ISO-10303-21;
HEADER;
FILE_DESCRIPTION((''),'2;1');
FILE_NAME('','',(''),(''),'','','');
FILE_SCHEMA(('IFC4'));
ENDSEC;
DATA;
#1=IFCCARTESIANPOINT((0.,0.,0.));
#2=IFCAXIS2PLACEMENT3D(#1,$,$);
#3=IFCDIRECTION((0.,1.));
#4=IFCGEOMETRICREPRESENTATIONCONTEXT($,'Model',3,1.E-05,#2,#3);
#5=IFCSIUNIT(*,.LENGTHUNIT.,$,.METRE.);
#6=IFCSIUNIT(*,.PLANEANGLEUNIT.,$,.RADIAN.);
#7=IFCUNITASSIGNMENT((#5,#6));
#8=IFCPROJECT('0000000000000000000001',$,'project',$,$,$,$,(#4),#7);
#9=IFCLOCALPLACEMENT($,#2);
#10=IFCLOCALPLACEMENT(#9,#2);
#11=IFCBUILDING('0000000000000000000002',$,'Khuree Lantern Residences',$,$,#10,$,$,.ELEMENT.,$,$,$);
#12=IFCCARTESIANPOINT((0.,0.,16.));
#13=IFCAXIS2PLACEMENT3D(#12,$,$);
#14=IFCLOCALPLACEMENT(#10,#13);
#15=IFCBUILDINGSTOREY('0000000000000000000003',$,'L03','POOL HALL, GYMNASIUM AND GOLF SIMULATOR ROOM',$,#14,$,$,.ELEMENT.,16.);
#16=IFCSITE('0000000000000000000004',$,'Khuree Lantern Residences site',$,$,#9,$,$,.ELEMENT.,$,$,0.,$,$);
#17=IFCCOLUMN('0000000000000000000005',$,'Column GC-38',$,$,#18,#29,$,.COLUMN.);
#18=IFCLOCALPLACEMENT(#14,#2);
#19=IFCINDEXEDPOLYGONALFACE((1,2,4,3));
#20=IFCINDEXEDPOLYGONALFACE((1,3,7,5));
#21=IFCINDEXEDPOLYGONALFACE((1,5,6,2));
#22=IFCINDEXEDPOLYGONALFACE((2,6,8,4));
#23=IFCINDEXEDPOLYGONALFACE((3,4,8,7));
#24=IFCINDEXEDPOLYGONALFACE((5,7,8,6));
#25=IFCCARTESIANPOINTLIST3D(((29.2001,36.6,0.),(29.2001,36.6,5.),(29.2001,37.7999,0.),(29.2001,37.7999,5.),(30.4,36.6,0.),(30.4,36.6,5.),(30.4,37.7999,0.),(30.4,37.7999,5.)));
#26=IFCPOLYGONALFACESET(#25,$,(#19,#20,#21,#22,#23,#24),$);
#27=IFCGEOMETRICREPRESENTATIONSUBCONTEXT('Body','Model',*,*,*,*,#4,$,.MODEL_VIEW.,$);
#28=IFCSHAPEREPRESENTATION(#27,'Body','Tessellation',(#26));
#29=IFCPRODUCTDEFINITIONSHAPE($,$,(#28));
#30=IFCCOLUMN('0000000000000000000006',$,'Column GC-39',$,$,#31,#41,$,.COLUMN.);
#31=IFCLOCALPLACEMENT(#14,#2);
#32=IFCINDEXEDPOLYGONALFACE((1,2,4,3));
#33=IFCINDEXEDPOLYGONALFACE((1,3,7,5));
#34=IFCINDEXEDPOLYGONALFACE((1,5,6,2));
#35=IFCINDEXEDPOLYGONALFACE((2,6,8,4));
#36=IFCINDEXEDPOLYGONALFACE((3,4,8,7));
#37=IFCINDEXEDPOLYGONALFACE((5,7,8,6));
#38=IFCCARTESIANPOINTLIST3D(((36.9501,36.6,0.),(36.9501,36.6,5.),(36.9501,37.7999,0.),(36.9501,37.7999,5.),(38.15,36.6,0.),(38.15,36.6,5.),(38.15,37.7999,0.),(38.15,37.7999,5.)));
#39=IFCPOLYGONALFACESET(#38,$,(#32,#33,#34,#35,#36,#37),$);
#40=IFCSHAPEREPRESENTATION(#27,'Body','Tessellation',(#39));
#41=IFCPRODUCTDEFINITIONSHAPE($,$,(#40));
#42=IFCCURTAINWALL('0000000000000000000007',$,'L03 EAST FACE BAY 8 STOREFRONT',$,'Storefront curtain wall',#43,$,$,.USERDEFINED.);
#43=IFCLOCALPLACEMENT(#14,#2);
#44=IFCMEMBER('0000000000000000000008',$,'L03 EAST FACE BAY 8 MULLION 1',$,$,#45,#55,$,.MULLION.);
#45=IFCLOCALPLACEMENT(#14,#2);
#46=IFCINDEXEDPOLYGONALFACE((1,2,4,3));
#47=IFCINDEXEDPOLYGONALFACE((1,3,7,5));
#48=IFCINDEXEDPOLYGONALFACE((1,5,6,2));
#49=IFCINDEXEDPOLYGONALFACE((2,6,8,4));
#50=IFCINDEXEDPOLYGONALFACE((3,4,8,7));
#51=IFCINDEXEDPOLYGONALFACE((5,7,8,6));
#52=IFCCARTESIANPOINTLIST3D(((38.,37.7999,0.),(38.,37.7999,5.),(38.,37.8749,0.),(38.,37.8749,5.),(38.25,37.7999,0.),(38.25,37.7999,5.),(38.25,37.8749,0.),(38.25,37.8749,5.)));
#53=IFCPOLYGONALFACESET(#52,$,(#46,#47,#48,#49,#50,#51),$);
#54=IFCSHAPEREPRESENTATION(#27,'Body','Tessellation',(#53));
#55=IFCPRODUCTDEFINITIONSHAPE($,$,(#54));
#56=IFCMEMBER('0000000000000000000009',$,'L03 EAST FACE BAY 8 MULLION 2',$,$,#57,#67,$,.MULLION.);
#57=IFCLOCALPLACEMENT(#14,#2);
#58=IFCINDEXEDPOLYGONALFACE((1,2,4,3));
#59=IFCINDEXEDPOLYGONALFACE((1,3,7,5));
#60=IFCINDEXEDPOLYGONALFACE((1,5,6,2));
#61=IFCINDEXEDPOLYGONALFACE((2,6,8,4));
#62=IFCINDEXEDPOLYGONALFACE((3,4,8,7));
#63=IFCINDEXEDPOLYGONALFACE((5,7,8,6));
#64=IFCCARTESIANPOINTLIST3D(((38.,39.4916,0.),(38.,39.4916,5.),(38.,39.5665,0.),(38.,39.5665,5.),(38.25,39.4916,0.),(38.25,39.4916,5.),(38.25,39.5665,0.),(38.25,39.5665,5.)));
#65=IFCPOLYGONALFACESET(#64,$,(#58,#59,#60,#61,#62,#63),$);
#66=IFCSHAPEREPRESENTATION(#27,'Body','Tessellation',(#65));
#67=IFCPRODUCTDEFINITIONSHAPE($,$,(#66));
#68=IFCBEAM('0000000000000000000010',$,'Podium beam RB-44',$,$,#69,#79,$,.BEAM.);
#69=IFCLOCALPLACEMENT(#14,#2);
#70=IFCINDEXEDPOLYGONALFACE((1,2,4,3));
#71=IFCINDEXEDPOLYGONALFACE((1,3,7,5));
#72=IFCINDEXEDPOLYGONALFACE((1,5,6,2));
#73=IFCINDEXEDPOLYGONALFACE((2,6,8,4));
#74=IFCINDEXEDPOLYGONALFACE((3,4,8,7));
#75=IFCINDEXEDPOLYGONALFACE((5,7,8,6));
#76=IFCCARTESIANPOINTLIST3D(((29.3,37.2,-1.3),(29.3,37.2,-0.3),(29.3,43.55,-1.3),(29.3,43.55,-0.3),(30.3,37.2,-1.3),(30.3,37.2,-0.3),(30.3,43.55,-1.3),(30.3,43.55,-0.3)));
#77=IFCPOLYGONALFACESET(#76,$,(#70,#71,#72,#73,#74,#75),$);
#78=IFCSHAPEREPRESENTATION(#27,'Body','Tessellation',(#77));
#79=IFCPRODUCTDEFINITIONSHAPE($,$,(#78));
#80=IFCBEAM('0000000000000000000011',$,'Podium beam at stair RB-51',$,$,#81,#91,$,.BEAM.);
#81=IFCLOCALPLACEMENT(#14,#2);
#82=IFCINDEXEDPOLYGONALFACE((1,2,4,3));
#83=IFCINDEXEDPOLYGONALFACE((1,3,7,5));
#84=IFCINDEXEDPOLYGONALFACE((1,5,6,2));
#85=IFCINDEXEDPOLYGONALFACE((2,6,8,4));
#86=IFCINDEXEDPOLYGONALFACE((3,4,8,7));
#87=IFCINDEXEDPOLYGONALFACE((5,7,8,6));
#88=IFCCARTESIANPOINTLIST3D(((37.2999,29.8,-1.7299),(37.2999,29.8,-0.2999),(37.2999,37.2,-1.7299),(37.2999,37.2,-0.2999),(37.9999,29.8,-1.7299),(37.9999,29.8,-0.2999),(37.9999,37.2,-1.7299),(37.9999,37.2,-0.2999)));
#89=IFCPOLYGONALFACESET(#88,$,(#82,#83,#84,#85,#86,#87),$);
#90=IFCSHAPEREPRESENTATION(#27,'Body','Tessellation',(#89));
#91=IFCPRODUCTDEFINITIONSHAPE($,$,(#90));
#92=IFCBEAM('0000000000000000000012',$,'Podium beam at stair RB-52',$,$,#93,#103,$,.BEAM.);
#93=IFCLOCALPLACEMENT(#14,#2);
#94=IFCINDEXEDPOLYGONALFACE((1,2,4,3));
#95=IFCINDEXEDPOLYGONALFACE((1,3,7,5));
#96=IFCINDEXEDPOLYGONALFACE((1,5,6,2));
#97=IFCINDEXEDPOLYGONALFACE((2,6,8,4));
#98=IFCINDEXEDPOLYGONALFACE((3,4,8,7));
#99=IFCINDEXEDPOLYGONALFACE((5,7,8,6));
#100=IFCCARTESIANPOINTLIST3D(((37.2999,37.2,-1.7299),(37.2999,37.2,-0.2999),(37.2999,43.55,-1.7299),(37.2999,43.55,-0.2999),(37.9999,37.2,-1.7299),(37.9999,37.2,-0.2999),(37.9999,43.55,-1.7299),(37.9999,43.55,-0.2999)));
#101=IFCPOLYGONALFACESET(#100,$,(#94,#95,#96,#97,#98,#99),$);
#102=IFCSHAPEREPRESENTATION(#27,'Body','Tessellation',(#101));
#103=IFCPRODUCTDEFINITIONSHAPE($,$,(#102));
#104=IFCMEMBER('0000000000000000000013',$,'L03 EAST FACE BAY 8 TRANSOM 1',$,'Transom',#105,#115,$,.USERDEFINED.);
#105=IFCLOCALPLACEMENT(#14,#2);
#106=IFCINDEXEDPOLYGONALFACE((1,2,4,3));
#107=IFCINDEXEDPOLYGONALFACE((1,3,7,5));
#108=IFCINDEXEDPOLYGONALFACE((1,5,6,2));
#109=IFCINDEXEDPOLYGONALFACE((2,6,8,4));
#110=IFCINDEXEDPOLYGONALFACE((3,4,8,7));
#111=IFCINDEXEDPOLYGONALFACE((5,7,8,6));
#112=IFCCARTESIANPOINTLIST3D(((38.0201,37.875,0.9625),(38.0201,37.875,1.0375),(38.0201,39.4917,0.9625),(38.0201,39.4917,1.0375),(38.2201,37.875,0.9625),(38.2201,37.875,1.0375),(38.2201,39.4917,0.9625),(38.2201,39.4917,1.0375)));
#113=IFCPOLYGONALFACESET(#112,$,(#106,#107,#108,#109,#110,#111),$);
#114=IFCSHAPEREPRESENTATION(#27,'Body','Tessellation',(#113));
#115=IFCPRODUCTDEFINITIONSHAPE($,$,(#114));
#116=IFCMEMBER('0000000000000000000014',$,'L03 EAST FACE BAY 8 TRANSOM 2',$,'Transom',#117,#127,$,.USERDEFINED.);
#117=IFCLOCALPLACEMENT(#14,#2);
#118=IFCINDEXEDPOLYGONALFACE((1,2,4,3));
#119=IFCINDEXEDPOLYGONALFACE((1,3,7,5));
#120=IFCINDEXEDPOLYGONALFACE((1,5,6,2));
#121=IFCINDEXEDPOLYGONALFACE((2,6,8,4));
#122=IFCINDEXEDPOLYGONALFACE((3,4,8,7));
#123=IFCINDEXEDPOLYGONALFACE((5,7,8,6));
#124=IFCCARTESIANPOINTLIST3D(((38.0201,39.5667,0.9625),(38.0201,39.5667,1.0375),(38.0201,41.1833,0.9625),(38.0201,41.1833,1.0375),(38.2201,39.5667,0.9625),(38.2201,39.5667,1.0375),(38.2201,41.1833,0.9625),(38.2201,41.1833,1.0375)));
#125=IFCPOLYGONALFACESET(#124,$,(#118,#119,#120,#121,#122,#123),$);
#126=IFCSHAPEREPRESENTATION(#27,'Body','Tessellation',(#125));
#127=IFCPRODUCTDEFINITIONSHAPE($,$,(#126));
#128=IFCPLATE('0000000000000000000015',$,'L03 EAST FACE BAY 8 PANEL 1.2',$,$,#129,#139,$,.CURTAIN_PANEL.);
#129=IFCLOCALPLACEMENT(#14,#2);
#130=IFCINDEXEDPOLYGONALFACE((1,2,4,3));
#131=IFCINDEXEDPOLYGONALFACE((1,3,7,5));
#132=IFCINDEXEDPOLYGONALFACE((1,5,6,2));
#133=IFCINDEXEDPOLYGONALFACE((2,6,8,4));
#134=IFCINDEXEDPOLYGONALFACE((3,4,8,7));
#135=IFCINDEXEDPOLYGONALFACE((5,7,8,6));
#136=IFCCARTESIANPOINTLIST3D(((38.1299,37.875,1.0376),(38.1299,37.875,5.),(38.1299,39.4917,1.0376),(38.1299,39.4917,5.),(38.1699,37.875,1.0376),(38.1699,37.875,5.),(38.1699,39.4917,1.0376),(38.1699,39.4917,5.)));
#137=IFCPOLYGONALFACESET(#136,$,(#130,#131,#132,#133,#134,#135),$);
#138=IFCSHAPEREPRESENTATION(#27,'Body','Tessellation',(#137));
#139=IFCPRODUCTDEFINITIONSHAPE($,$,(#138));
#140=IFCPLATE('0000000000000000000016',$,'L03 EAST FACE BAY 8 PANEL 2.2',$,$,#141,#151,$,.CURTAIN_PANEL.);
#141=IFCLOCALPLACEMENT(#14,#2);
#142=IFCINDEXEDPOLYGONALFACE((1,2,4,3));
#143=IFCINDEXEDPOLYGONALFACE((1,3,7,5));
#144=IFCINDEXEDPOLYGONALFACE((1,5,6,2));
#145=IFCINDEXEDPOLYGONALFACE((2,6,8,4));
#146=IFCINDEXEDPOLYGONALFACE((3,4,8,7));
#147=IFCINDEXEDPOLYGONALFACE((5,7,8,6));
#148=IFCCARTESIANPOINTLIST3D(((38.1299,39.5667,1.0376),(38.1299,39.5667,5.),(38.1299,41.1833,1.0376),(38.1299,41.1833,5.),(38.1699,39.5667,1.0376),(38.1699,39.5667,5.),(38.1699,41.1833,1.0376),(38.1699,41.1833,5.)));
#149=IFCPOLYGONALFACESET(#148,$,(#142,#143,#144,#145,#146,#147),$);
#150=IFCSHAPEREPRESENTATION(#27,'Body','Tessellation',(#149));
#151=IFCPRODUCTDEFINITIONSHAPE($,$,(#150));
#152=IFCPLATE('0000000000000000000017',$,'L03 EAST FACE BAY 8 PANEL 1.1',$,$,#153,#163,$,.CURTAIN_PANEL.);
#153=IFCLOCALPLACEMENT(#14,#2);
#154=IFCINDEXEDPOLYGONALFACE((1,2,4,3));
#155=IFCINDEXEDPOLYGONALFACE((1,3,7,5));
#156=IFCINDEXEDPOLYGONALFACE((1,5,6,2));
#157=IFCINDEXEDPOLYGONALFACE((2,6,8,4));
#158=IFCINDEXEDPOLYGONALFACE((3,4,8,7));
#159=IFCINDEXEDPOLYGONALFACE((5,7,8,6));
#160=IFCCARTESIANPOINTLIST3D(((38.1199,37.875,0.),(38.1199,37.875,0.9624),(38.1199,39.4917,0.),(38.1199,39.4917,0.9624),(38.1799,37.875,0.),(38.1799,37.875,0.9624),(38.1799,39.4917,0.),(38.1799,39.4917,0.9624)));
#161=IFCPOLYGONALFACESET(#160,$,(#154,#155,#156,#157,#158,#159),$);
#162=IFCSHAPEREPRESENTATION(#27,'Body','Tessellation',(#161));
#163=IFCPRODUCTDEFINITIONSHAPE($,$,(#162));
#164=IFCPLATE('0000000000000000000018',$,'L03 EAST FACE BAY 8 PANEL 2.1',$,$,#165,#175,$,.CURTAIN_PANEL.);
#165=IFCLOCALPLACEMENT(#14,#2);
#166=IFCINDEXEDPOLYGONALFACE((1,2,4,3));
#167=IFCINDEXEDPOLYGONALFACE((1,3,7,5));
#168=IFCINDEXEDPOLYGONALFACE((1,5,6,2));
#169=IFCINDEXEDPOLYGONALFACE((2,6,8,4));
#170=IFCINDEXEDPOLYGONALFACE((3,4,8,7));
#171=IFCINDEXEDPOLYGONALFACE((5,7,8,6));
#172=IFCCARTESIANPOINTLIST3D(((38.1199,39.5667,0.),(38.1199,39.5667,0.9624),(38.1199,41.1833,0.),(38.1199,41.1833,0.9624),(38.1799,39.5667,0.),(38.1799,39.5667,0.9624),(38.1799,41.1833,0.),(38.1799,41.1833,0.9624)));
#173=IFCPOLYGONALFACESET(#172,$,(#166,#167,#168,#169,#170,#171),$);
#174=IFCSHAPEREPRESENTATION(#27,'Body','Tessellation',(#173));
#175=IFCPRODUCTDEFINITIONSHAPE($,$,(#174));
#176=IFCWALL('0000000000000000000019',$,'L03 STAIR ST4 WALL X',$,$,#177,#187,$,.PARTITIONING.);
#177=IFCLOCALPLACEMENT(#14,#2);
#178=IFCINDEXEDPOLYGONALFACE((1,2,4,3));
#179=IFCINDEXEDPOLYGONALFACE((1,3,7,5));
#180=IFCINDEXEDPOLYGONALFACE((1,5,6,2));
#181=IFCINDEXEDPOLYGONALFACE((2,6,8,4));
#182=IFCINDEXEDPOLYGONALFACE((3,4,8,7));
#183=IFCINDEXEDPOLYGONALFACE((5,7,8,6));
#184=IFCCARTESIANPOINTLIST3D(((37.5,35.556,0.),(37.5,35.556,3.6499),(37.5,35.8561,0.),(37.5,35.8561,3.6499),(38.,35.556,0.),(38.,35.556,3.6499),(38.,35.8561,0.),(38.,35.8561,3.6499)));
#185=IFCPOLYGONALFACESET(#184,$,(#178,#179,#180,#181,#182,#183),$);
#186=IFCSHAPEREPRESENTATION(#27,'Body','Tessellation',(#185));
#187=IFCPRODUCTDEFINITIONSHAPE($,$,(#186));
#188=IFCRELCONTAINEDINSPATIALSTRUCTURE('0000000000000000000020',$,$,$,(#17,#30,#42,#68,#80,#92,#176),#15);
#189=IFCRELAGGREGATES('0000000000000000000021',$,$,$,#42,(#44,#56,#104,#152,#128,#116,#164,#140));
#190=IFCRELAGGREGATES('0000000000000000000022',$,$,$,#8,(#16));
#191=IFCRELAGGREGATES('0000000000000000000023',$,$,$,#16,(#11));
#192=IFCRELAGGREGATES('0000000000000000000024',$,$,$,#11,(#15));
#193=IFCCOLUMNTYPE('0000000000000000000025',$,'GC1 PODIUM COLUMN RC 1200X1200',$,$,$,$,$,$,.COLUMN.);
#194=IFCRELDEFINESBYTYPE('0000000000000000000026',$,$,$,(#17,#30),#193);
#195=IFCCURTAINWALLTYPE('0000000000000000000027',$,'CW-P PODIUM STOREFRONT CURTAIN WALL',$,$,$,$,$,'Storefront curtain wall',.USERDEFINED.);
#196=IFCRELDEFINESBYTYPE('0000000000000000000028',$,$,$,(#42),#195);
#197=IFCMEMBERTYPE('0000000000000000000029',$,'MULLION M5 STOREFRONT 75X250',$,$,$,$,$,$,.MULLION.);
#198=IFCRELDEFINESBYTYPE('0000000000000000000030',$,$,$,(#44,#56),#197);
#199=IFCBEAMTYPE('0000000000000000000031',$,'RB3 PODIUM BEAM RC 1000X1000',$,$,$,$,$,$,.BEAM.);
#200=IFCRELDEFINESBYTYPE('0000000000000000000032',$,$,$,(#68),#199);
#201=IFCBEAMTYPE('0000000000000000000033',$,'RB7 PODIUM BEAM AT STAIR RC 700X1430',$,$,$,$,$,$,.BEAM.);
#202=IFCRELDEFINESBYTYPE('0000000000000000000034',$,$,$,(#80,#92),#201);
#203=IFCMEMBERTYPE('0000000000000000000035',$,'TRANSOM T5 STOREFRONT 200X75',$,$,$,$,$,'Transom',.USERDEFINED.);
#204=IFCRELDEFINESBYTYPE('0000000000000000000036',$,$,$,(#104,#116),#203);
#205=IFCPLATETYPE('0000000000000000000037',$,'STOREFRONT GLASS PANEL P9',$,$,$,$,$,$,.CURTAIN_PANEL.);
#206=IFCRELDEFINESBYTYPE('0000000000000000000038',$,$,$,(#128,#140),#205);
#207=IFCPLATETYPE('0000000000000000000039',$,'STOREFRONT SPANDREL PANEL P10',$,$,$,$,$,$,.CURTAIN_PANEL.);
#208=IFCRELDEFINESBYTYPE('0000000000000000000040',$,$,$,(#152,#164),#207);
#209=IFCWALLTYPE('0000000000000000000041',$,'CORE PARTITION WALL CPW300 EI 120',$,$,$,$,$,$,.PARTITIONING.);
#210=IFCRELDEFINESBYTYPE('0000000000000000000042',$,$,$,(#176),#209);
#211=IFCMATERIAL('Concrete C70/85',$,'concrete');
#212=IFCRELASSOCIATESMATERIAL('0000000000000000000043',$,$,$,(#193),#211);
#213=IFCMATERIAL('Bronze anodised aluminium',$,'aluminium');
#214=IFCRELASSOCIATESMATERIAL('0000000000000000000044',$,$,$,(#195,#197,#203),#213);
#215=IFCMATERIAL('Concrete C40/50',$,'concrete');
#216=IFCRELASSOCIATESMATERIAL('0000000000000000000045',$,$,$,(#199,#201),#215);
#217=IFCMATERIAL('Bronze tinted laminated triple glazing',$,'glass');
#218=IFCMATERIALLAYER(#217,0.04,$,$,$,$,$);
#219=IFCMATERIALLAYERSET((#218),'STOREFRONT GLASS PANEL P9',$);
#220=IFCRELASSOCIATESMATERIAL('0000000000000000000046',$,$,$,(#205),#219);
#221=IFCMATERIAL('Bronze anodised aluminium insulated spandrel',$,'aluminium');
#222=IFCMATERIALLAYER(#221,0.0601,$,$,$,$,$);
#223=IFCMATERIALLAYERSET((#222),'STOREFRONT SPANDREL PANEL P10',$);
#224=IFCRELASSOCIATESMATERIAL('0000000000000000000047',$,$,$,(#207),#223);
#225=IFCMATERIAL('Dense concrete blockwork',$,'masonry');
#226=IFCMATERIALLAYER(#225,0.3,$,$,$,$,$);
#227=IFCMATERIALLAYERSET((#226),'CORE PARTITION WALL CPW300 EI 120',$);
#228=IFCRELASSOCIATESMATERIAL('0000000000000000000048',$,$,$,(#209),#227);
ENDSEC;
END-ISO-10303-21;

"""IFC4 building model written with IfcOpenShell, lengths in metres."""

from ifc_helpers import new_model, si_unit, direction, frame, frame_2d, origin, origin_2d, place, context, subcontext, project, spatial, rectangle, extrude, material, layer, layer_set, material_profile, profile_set, type_object, element, aggregate, save


model = new_model("IFC4")

# Units and contexts
model_context = context("Model", 3, precision=1e-05, world=origin(), true_north=direction((0.0, 1.0)))
body_context = subcontext(model_context, "Body", "Model", "MODEL_VIEW")
ifc_project = project(units=[si_unit("LENGTHUNIT", "METRE"), si_unit("PLANEANGLEUNIT", "RADIAN")], contexts=[model_context])

# Site, building, storey
site_placement = place(None, origin())
site = spatial("IfcSite", under=ifc_project, at=site_placement, Name="Khuree Lantern Residences site", CompositionType="ELEMENT", RefElevation=0.0)
building_placement = place(site_placement, origin())
building = spatial("IfcBuilding", under=site, at=building_placement, Name="Khuree Lantern Residences", CompositionType="ELEMENT")
storey_placement = place(building_placement, frame((0.0, 0.0, 16.0)))
storey = spatial("IfcBuildingStorey", under=building, at=storey_placement, Name="L03", Description="POOL HALL, GYMNASIUM AND GOLF SIMULATOR ROOM", CompositionType="ELEMENT", Elevation=16.0)

# Columns
ifc_material_1 = material(Name="Concrete C70/85", Category="concrete")
ifc_material_profile_1 = material_profile(ifc_material_1, rectangle(XDim=1.2, YDim=1.2, at=origin_2d()), Name="RC 1200X1200")
ifc_profile_set_1 = profile_set([ifc_material_profile_1], Name="Concrete C70/85")
column_type = type_object("IfcColumnType", Name="GC1 PODIUM COLUMN RC 1200X1200", PredefinedType="COLUMN", material=ifc_profile_set_1)
for number, where, z_axis, x_axis, name in (
    (1, (29.8, 37.2, 0.0), (0.0, 0.0, 1.0), (1.0, 0.0, 0.0), "Column GC-38"),
    (2, (37.55, 37.2, 0.0), (0.0, 0.0, 1.0), (1.0, 0.0, 0.0), "Column GC-39"),
):
    element("IfcColumn", number, at=place(storey_placement, frame(where, z_axis=z_axis, x_axis=x_axis)), inside=storey, type_object=column_type, Name=name, PredefinedType="COLUMN", context=body_context, shape_type="SweptSolid", body=[
        extrude(rectangle(XDim=1.2, YDim=1.2, at=origin_2d()), origin(), (0.0, 0.0, 1.0), 5.0),
    ])

# Curtain wall, members
ifc_material_2 = material(Name="Bronze anodised aluminium", Category="aluminium")
curtain_wall_type = type_object("IfcCurtainWallType", Name="CW-P PODIUM STOREFRONT CURTAIN WALL", ElementType="Storefront curtain wall", PredefinedType="USERDEFINED", material=ifc_material_2)
curtain_wall_placement = place(storey_placement, origin())
curtain_wall = element("IfcCurtainWall", 3, at=curtain_wall_placement, inside=storey, type_object=curtain_wall_type, Name="L03 EAST FACE BAY 8 STOREFRONT", ObjectType="Storefront curtain wall", PredefinedType="USERDEFINED")
ifc_material_profile_2 = material_profile(ifc_material_2, rectangle(XDim=0.075, YDim=0.25, at=origin_2d()), Name="M5 75X250")
ifc_profile_set_2 = profile_set([ifc_material_profile_2], Name="Bronze anodised aluminium")
member_type_1 = type_object("IfcMemberType", Name="MULLION M5 STOREFRONT 75X250", PredefinedType="MULLION", material=ifc_profile_set_2)
member_1_placement = place(storey_placement, frame((38.125, 37.8374, 0.0), z_axis=(0.0, 0.0, 1.0), x_axis=(0.0, 1.0, 0.0)))
member_1 = element("IfcMember", 4, at=member_1_placement, type_object=member_type_1, Name="L03 EAST FACE BAY 8 MULLION 1", PredefinedType="MULLION", context=body_context, shape_type="SweptSolid", body=[
    extrude(rectangle(XDim=0.075, YDim=0.25, at=origin_2d()), origin(), (0.0, 0.0, 1.0), 5.0),
])
member_2_placement = place(storey_placement, frame((38.125, 39.5291, 0.0), z_axis=(0.0, 0.0, 1.0), x_axis=(0.0, 1.0, 0.0)))
member_2 = element("IfcMember", 5, at=member_2_placement, type_object=member_type_1, Name="L03 EAST FACE BAY 8 MULLION 2", PredefinedType="MULLION", context=body_context, shape_type="SweptSolid", body=[
    extrude(rectangle(XDim=0.075, YDim=0.25, at=origin_2d()), origin(), (0.0, 0.0, 1.0), 5.0),
])

# Beams
ifc_material_3 = material(Name="Concrete C40/50", Category="concrete")
ifc_material_profile_3 = material_profile(ifc_material_3, rectangle(XDim=1.0, YDim=1.0, at=origin_2d()), Name="RC 1000X1000")
ifc_profile_set_3 = profile_set([ifc_material_profile_3], Name="Concrete C40/50")
beam_type_1 = type_object("IfcBeamType", Name="RB3 PODIUM BEAM RC 1000X1000", PredefinedType="BEAM", material=ifc_profile_set_3)
beam_1_placement = place(storey_placement, frame((29.8, 37.2, -0.8), z_axis=(0.0, 1.0, 0.0), x_axis=(-1.0, 0.0, 0.0)))
element("IfcBeam", 6, at=beam_1_placement, inside=storey, type_object=beam_type_1, Name="Podium beam RB-44", PredefinedType="BEAM", context=body_context, shape_type="SweptSolid", body=[
    extrude(rectangle(XDim=1.0, YDim=1.0, at=origin_2d()), origin(), (0.0, 0.0, 1.0), 6.3501),
])
ifc_material_profile_4 = material_profile(ifc_material_3, rectangle(XDim=0.7, YDim=1.4299, at=origin_2d()), Name="RC 700X1430")
ifc_profile_set_4 = profile_set([ifc_material_profile_4], Name="Concrete C40/50")
beam_type_2 = type_object("IfcBeamType", Name="RB7 PODIUM BEAM AT STAIR RC 700X1430", PredefinedType="BEAM", material=ifc_profile_set_4)
beam_2_placement = place(storey_placement, frame((37.6499, 29.8, -1.0149), z_axis=(0.0, 1.0, 0.0), x_axis=(-1.0, 0.0, 0.0)))
element("IfcBeam", 7, at=beam_2_placement, inside=storey, type_object=beam_type_2, Name="Podium beam at stair RB-51", PredefinedType="BEAM", context=body_context, shape_type="SweptSolid", body=[
    extrude(rectangle(XDim=0.7, YDim=1.4299, at=origin_2d()), origin(), (0.0, 0.0, 1.0), 7.3999),
])
beam_3_placement = place(storey_placement, frame((37.6499, 37.2, -1.0149), z_axis=(0.0, 1.0, 0.0), x_axis=(-1.0, 0.0, 0.0)))
element("IfcBeam", 8, at=beam_3_placement, inside=storey, type_object=beam_type_2, Name="Podium beam at stair RB-52", PredefinedType="BEAM", context=body_context, shape_type="SweptSolid", body=[
    extrude(rectangle(XDim=0.7, YDim=1.4299, at=origin_2d()), origin(), (0.0, 0.0, 1.0), 6.3501),
])

# Members
ifc_material_profile_5 = material_profile(ifc_material_2, rectangle(XDim=0.2, YDim=0.075, at=origin_2d()), Name="T5 200X75")
ifc_profile_set_5 = profile_set([ifc_material_profile_5], Name="Bronze anodised aluminium")
member_type_2 = type_object("IfcMemberType", Name="TRANSOM T5 STOREFRONT 200X75", ElementType="Transom", PredefinedType="USERDEFINED", material=ifc_profile_set_5)
member_3_placement = place(storey_placement, frame((38.1201, 37.875, 1.0), z_axis=(0.0, 1.0, 0.0), x_axis=(-1.0, 0.0, 0.0)))
member_3 = element("IfcMember", 9, at=member_3_placement, type_object=member_type_2, Name="L03 EAST FACE BAY 8 TRANSOM 1", ObjectType="Transom", PredefinedType="USERDEFINED", context=body_context, shape_type="SweptSolid", body=[
    extrude(rectangle(XDim=0.2, YDim=0.075, at=origin_2d()), origin(), (0.0, 0.0, 1.0), 1.6167),
])
member_4_placement = place(storey_placement, frame((38.1201, 39.5667, 1.0), z_axis=(0.0, 1.0, 0.0), x_axis=(-1.0, 0.0, 0.0)))
member_4 = element("IfcMember", 10, at=member_4_placement, type_object=member_type_2, Name="L03 EAST FACE BAY 8 TRANSOM 2", ObjectType="Transom", PredefinedType="USERDEFINED", context=body_context, shape_type="SweptSolid", body=[
    extrude(rectangle(XDim=0.2, YDim=0.075, at=origin_2d()), origin(), (0.0, 0.0, 1.0), 1.6167),
])

# Plates
ifc_material_4 = material(Name="Bronze tinted laminated triple glazing", Category="glass")
ifc_layer_1 = layer(ifc_material_4, 0.04)
ifc_layer_set_1 = layer_set([ifc_layer_1], Name="STOREFRONT GLASS PANEL P9")
plate_type_1 = type_object("IfcPlateType", Name="STOREFRONT GLASS PANEL P9", PredefinedType="CURTAIN_PANEL", material=ifc_layer_set_1)
plate_1_placement = place(storey_placement, frame((38.1499, 38.6833, 1.0376), z_axis=(0.0, 0.0, 1.0), x_axis=(0.0, 1.0, 0.0)))
plate_1 = element("IfcPlate", 11, at=plate_1_placement, type_object=plate_type_1, Name="L03 EAST FACE BAY 8 PANEL 1.2", PredefinedType="CURTAIN_PANEL", context=body_context, shape_type="SweptSolid", body=[
    extrude(rectangle(XDim=1.6167, YDim=0.04, at=origin_2d()), origin(), (0.0, 0.0, 1.0), 3.9624),
])
plate_2_placement = place(storey_placement, frame((38.1499, 40.375, 1.0376), z_axis=(0.0, 0.0, 1.0), x_axis=(0.0, 1.0, 0.0)))
plate_2 = element("IfcPlate", 12, at=plate_2_placement, type_object=plate_type_1, Name="L03 EAST FACE BAY 8 PANEL 2.2", PredefinedType="CURTAIN_PANEL", context=body_context, shape_type="SweptSolid", body=[
    extrude(rectangle(XDim=1.6167, YDim=0.04, at=origin_2d()), origin(), (0.0, 0.0, 1.0), 3.9624),
])
ifc_material_5 = material(Name="Bronze anodised aluminium insulated spandrel", Category="aluminium")
ifc_layer_2 = layer(ifc_material_5, 0.0601)
ifc_layer_set_2 = layer_set([ifc_layer_2], Name="STOREFRONT SPANDREL PANEL P10")
plate_type_2 = type_object("IfcPlateType", Name="STOREFRONT SPANDREL PANEL P10", PredefinedType="CURTAIN_PANEL", material=ifc_layer_set_2)
plate_3_placement = place(storey_placement, frame((38.1499, 38.6833, 0.0), z_axis=(0.0, 0.0, 1.0), x_axis=(0.0, 1.0, 0.0)))
plate_3 = element("IfcPlate", 13, at=plate_3_placement, type_object=plate_type_2, Name="L03 EAST FACE BAY 8 PANEL 1.1", PredefinedType="CURTAIN_PANEL", context=body_context, shape_type="SweptSolid", body=[
    extrude(rectangle(XDim=1.6167, YDim=0.0601, at=origin_2d()), origin(), (0.0, 0.0, 1.0), 0.9624),
])
plate_4_placement = place(storey_placement, frame((38.1499, 40.375, 0.0), z_axis=(0.0, 0.0, 1.0), x_axis=(0.0, 1.0, 0.0)))
plate_4 = element("IfcPlate", 14, at=plate_4_placement, type_object=plate_type_2, Name="L03 EAST FACE BAY 8 PANEL 2.1", PredefinedType="CURTAIN_PANEL", context=body_context, shape_type="SweptSolid", body=[
    extrude(rectangle(XDim=1.6167, YDim=0.0601, at=origin_2d()), origin(), (0.0, 0.0, 1.0), 0.9624),
])
aggregate(curtain_wall, [member_1, member_2, member_3, plate_3, plate_1, member_4, plate_4, plate_2])

# Wall
ifc_material_6 = material(Name="Dense concrete blockwork", Category="masonry")
ifc_layer_3 = layer(ifc_material_6, 0.3)
ifc_layer_set_3 = layer_set([ifc_layer_3], Name="CORE PARTITION WALL CPW300 EI 120")
wall_type_1 = type_object("IfcWallType", Name="CORE PARTITION WALL CPW300 EI 120", PredefinedType="PARTITIONING", material=ifc_layer_set_3)
wall_1_placement = place(storey_placement, frame((38.0, 35.7061, 0.0), z_axis=(0.0, 0.0, 1.0), x_axis=(-1.0, 0.0, 0.0)))
element("IfcWall", 15, at=wall_1_placement, inside=storey, type_object=wall_type_1, Name="L03 STAIR ST4 WALL X", PredefinedType="PARTITIONING", context=body_context, shape_type="SweptSolid", body=[
    extrude(rectangle(XDim=0.5, YDim=0.3, at=frame_2d((0.25, 0.0))), origin(), (0.0, 0.0, 1.0), 3.6499),
])

save(model, "model.ifc")
